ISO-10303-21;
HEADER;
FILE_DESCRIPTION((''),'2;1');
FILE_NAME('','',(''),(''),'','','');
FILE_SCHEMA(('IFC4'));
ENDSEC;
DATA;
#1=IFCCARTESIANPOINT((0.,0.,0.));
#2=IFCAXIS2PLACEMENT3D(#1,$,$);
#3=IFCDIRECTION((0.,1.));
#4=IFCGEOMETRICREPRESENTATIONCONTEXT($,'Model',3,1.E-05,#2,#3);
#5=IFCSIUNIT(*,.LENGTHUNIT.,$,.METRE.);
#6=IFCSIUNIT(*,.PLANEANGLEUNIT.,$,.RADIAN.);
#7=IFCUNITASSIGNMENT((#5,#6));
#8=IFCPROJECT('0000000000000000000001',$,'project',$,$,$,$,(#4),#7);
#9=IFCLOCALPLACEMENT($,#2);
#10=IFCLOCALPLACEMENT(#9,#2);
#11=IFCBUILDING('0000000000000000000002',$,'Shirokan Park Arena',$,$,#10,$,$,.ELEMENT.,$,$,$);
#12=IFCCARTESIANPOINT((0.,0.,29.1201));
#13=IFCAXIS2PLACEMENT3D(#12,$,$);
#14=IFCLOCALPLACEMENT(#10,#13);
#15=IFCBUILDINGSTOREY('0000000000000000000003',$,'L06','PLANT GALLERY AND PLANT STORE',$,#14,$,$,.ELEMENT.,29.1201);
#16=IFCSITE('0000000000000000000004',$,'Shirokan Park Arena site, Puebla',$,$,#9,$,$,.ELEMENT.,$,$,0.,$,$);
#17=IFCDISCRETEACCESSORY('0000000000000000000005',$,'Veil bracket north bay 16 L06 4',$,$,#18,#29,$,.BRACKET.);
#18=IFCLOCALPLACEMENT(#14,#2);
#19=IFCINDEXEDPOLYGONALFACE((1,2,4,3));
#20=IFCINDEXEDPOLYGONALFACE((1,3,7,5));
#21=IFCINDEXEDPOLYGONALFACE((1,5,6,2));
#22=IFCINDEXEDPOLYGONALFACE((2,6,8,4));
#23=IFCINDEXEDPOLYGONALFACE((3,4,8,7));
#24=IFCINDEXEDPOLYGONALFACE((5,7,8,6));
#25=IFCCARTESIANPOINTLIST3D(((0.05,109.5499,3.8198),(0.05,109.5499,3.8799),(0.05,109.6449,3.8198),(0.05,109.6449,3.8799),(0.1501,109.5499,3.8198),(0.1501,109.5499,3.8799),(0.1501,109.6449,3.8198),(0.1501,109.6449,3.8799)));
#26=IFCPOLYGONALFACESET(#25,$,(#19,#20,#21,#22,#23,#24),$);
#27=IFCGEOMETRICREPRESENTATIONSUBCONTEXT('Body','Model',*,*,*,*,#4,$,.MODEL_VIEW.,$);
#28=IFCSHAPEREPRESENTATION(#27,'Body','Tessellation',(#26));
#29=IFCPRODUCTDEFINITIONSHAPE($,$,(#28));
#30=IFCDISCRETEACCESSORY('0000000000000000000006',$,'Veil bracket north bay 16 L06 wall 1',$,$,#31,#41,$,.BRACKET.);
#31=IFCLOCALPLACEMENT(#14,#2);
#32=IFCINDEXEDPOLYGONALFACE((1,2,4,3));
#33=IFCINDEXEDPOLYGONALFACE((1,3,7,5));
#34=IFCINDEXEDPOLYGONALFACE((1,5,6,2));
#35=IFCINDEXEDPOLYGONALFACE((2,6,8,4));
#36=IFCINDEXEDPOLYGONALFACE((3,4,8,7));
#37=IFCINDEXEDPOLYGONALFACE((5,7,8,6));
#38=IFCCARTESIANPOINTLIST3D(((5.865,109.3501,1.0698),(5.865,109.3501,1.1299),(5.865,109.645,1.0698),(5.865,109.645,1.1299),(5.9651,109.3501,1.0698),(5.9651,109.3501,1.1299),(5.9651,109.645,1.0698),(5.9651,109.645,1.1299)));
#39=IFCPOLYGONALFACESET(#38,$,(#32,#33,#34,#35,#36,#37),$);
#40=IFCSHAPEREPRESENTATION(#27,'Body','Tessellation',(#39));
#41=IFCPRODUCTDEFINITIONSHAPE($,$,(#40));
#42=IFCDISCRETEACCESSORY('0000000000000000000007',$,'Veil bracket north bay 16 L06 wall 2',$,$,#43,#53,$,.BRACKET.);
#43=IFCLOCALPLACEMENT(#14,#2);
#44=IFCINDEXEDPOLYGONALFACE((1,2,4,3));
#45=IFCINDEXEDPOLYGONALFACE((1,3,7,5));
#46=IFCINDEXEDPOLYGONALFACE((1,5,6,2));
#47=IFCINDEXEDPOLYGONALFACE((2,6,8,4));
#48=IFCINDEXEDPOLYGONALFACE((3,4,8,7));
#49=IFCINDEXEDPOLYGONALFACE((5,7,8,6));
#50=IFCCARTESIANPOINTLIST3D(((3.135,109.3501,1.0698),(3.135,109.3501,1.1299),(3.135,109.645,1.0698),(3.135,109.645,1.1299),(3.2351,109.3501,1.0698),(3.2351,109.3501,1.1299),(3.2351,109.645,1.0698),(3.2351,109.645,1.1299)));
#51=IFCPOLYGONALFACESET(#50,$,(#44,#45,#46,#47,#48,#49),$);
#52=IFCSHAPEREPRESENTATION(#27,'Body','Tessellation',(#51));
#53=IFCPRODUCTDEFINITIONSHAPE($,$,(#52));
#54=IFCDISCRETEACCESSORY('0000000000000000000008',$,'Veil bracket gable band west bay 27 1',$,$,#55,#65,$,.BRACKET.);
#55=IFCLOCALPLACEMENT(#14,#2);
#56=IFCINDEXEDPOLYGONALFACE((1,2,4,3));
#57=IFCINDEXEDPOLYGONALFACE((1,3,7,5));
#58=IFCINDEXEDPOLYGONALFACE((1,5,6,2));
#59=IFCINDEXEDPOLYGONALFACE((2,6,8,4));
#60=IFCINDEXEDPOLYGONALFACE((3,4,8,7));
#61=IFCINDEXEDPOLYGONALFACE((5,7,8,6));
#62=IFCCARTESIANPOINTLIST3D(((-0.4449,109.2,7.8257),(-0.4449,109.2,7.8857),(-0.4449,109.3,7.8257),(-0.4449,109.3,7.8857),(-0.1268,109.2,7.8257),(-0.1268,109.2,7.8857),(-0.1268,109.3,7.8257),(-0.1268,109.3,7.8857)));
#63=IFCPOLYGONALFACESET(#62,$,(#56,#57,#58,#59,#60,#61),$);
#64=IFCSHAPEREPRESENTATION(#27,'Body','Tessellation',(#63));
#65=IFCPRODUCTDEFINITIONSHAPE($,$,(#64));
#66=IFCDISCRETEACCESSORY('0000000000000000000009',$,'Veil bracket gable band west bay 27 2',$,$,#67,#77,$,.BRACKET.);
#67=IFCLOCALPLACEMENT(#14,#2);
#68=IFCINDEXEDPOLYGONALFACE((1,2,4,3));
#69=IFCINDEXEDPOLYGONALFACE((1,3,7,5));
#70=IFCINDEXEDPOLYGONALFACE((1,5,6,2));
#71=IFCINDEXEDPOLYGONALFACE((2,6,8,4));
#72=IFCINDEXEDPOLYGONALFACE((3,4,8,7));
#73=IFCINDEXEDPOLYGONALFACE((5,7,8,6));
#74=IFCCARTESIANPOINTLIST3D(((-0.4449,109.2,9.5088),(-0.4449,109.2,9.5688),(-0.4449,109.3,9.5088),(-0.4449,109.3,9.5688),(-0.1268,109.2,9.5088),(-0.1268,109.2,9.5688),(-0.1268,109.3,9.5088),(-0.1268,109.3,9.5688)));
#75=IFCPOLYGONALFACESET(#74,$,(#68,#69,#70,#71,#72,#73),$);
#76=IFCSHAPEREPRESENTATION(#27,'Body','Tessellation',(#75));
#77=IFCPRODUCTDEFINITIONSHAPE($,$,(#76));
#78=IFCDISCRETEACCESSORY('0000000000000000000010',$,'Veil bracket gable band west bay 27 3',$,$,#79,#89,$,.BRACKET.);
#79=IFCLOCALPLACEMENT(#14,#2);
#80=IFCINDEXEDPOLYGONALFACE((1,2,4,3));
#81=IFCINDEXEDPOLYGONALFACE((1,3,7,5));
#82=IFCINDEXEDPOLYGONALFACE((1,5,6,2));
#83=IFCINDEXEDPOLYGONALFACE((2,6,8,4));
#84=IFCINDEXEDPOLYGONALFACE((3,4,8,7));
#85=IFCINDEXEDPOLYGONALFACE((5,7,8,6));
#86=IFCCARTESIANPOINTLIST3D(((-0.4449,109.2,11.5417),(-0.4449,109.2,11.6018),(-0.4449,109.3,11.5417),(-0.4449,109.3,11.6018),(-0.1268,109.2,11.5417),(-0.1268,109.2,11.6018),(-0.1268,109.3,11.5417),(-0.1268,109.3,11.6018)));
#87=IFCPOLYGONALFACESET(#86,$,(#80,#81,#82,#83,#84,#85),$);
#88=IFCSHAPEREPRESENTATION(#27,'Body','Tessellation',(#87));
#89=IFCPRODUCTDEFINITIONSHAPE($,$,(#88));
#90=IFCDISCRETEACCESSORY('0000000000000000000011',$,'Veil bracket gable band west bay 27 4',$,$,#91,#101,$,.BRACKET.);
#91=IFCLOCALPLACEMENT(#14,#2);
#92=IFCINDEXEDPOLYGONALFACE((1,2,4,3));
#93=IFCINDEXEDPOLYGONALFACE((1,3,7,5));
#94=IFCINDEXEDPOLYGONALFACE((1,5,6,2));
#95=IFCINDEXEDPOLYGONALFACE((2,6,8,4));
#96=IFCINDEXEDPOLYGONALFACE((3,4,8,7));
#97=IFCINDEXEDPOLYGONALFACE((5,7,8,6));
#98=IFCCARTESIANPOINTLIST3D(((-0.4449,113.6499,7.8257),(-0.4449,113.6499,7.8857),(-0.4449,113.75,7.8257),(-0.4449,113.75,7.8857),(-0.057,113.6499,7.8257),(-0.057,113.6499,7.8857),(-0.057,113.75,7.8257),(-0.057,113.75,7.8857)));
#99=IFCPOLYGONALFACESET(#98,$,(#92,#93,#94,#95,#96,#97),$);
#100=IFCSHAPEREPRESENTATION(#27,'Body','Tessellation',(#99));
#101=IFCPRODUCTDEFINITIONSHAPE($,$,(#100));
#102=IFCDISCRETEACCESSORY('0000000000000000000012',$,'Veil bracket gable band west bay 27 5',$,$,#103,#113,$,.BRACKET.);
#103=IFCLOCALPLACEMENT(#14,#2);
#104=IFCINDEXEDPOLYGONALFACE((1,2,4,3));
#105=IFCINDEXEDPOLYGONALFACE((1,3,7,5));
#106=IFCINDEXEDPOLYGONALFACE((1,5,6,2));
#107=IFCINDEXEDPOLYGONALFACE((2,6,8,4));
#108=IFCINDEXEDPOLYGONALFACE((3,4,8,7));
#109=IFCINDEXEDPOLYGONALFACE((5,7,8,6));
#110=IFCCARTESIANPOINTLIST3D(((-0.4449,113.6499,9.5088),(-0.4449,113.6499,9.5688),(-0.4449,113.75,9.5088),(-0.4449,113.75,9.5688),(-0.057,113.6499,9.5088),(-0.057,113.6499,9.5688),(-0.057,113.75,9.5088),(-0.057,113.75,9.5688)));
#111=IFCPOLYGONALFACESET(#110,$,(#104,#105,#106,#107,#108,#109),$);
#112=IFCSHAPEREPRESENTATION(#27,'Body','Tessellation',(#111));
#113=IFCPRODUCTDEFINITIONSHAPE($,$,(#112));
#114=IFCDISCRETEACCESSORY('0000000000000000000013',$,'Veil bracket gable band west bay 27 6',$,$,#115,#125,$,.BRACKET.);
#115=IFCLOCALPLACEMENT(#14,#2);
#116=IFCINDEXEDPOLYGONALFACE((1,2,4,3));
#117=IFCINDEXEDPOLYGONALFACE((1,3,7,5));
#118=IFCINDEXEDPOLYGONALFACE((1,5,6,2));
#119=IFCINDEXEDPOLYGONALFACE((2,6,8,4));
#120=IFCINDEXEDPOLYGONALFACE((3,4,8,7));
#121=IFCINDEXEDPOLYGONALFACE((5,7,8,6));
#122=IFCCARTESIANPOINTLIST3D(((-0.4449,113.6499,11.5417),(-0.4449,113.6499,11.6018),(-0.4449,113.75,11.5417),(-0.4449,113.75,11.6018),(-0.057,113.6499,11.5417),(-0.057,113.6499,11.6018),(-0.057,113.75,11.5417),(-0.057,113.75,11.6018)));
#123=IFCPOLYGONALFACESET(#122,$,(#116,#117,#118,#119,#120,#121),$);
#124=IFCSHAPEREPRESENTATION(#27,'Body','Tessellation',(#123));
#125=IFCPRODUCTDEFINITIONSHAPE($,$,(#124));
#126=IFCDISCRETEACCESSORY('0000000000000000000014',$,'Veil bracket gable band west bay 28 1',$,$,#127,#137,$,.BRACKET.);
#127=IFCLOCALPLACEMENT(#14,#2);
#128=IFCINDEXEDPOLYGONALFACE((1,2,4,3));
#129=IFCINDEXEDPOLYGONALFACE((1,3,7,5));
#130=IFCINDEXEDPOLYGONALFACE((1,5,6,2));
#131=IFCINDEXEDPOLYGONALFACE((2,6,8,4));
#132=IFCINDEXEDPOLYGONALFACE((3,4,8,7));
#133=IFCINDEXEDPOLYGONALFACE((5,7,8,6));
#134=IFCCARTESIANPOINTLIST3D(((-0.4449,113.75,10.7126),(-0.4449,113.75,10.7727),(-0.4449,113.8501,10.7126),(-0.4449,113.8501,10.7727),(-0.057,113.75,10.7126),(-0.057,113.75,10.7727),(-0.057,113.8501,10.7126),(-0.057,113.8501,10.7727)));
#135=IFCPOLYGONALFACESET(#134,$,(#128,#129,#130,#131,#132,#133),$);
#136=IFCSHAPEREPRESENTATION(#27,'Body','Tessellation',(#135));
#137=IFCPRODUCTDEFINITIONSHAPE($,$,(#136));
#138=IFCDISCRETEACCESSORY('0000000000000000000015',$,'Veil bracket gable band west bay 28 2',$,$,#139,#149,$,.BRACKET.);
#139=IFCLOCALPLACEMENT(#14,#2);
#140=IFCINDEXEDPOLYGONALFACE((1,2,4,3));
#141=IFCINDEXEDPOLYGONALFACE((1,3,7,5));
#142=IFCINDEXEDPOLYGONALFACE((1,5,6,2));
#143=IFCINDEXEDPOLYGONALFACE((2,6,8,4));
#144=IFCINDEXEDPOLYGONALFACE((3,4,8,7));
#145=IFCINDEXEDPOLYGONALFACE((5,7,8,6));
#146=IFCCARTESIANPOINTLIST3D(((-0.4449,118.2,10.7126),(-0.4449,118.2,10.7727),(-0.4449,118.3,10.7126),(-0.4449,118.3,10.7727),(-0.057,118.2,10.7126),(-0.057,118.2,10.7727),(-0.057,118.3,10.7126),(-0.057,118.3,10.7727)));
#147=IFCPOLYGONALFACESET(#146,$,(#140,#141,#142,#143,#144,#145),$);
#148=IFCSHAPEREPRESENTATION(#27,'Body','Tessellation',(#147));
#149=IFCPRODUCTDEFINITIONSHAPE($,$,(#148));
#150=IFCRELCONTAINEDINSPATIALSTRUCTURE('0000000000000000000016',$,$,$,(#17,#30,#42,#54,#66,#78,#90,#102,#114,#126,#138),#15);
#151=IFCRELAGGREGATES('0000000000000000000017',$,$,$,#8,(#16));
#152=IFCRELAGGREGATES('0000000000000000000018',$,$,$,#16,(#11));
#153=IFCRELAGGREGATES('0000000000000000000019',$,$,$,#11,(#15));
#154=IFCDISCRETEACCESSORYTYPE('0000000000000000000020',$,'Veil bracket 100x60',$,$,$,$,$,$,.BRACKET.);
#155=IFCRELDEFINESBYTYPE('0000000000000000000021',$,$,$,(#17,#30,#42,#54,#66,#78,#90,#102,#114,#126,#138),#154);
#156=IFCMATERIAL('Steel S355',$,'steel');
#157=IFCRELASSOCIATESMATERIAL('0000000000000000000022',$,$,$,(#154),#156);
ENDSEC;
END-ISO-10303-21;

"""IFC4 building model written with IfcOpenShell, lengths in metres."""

from ifc_helpers import new_model, si_unit, direction, frame, origin, origin_2d, place, context, subcontext, project, spatial, rectangle, extrude, material, type_object, element, save


model = new_model("IFC4")

# Units and contexts
model_context = context("Model", 3, precision=1e-05, world=origin(), true_north=direction((0.0, 1.0)))
body_context = subcontext(model_context, "Body", "Model", "MODEL_VIEW")
ifc_project = project(units=[si_unit("LENGTHUNIT", "METRE"), si_unit("PLANEANGLEUNIT", "RADIAN")], contexts=[model_context])

# Site, building, storey
site_placement = place(None, origin())
site = spatial("IfcSite", under=ifc_project, at=site_placement, Name="Shirokan Park Arena site, Puebla", CompositionType="ELEMENT", RefElevation=0.0)
building_placement = place(site_placement, origin())
building = spatial("IfcBuilding", under=site, at=building_placement, Name="Shirokan Park Arena", CompositionType="ELEMENT")
storey_placement = place(building_placement, frame((0.0, 0.0, 29.1201)))
storey = spatial("IfcBuildingStorey", under=building, at=storey_placement, Name="L06", Description="PLANT GALLERY AND PLANT STORE", CompositionType="ELEMENT", Elevation=29.1201)

# Discrete accessories
ifc_material_1 = material(Name="Steel S355", Category="steel")
discrete_accessory_type = type_object("IfcDiscreteAccessoryType", Name="Veil bracket 100x60", PredefinedType="BRACKET", material=ifc_material_1)
for number, where, z_axis, x_axis, name in (
    (1, (0.1001, 109.5974, 3.8198), (0.0, 0.0, 1.0), (-1.0, 0.0, 0.0), "Veil bracket north bay 16 L06 4"),
):
    element("IfcDiscreteAccessory", number, at=place(storey_placement, frame(where, z_axis=z_axis, x_axis=x_axis)), inside=storey, type_object=discrete_accessory_type, Name=name, PredefinedType="BRACKET", context=body_context, shape_type="SweptSolid", body=[
        extrude(rectangle(XDim=0.1001, YDim=0.095, at=origin_2d()), origin(), (0.0, 0.0, 1.0), 0.0601),
    ])
for number, where, z_axis, x_axis, name in (
    (2, (5.915, 109.4976, 1.0698), (0.0, 0.0, 1.0), (-1.0, 0.0, 0.0), "Veil bracket north bay 16 L06 wall 1"),
    (3, (3.1851, 109.4976, 1.0698), (0.0, 0.0, 1.0), (-1.0, 0.0, 0.0), "Veil bracket north bay 16 L06 wall 2"),
):
    element("IfcDiscreteAccessory", number, at=place(storey_placement, frame(where, z_axis=z_axis, x_axis=x_axis)), inside=storey, type_object=discrete_accessory_type, Name=name, PredefinedType="BRACKET", context=body_context, shape_type="SweptSolid", body=[
        extrude(rectangle(XDim=0.1001, YDim=0.2949, at=origin_2d()), origin(), (0.0, 0.0, 1.0), 0.0601),
    ])
for number, where, z_axis, x_axis, name in (
    (4, (-0.2859, 109.25, 7.8257), (0.0, 0.0, 1.0), (1.0, 0.0, 0.0), "Veil bracket gable band west bay 27 1"),
    (5, (-0.2859, 109.25, 9.5088), (0.0, 0.0, 1.0), (1.0, 0.0, 0.0), "Veil bracket gable band west bay 27 2"),
    (6, (-0.2859, 109.25, 11.5417), (0.0, 0.0, 1.0), (1.0, 0.0, 0.0), "Veil bracket gable band west bay 27 3"),
):
    element("IfcDiscreteAccessory", number, at=place(storey_placement, frame(where, z_axis=z_axis, x_axis=x_axis)), inside=storey, type_object=discrete_accessory_type, Name=name, PredefinedType="BRACKET", context=body_context, shape_type="SweptSolid", body=[
        extrude(rectangle(XDim=0.3181, YDim=0.1001, at=origin_2d()), origin(), (0.0, 0.0, 1.0), 0.0601),
    ])
for number, where, z_axis, x_axis, name in (
    (7, (-0.251, 113.7, 7.8257), (0.0, 0.0, 1.0), (1.0, 0.0, 0.0), "Veil bracket gable band west bay 27 4"),
    (8, (-0.251, 113.7, 9.5088), (0.0, 0.0, 1.0), (1.0, 0.0, 0.0), "Veil bracket gable band west bay 27 5"),
    (9, (-0.251, 113.7, 11.5417), (0.0, 0.0, 1.0), (1.0, 0.0, 0.0), "Veil bracket gable band west bay 27 6"),
    (10, (-0.251, 113.8, 10.7126), (0.0, 0.0, 1.0), (1.0, 0.0, 0.0), "Veil bracket gable band west bay 28 1"),
    (11, (-0.251, 118.25, 10.7126), (0.0, 0.0, 1.0), (1.0, 0.0, 0.0), "Veil bracket gable band west bay 28 2"),
):
    element("IfcDiscreteAccessory", number, at=place(storey_placement, frame(where, z_axis=z_axis, x_axis=x_axis)), inside=storey, type_object=discrete_accessory_type, Name=name, PredefinedType="BRACKET", context=body_context, shape_type="SweptSolid", body=[
        extrude(rectangle(XDim=0.3879, YDim=0.1001, at=origin_2d()), origin(), (0.0, 0.0, 1.0), 0.0601),
    ])

save(model, "model.ifc")
